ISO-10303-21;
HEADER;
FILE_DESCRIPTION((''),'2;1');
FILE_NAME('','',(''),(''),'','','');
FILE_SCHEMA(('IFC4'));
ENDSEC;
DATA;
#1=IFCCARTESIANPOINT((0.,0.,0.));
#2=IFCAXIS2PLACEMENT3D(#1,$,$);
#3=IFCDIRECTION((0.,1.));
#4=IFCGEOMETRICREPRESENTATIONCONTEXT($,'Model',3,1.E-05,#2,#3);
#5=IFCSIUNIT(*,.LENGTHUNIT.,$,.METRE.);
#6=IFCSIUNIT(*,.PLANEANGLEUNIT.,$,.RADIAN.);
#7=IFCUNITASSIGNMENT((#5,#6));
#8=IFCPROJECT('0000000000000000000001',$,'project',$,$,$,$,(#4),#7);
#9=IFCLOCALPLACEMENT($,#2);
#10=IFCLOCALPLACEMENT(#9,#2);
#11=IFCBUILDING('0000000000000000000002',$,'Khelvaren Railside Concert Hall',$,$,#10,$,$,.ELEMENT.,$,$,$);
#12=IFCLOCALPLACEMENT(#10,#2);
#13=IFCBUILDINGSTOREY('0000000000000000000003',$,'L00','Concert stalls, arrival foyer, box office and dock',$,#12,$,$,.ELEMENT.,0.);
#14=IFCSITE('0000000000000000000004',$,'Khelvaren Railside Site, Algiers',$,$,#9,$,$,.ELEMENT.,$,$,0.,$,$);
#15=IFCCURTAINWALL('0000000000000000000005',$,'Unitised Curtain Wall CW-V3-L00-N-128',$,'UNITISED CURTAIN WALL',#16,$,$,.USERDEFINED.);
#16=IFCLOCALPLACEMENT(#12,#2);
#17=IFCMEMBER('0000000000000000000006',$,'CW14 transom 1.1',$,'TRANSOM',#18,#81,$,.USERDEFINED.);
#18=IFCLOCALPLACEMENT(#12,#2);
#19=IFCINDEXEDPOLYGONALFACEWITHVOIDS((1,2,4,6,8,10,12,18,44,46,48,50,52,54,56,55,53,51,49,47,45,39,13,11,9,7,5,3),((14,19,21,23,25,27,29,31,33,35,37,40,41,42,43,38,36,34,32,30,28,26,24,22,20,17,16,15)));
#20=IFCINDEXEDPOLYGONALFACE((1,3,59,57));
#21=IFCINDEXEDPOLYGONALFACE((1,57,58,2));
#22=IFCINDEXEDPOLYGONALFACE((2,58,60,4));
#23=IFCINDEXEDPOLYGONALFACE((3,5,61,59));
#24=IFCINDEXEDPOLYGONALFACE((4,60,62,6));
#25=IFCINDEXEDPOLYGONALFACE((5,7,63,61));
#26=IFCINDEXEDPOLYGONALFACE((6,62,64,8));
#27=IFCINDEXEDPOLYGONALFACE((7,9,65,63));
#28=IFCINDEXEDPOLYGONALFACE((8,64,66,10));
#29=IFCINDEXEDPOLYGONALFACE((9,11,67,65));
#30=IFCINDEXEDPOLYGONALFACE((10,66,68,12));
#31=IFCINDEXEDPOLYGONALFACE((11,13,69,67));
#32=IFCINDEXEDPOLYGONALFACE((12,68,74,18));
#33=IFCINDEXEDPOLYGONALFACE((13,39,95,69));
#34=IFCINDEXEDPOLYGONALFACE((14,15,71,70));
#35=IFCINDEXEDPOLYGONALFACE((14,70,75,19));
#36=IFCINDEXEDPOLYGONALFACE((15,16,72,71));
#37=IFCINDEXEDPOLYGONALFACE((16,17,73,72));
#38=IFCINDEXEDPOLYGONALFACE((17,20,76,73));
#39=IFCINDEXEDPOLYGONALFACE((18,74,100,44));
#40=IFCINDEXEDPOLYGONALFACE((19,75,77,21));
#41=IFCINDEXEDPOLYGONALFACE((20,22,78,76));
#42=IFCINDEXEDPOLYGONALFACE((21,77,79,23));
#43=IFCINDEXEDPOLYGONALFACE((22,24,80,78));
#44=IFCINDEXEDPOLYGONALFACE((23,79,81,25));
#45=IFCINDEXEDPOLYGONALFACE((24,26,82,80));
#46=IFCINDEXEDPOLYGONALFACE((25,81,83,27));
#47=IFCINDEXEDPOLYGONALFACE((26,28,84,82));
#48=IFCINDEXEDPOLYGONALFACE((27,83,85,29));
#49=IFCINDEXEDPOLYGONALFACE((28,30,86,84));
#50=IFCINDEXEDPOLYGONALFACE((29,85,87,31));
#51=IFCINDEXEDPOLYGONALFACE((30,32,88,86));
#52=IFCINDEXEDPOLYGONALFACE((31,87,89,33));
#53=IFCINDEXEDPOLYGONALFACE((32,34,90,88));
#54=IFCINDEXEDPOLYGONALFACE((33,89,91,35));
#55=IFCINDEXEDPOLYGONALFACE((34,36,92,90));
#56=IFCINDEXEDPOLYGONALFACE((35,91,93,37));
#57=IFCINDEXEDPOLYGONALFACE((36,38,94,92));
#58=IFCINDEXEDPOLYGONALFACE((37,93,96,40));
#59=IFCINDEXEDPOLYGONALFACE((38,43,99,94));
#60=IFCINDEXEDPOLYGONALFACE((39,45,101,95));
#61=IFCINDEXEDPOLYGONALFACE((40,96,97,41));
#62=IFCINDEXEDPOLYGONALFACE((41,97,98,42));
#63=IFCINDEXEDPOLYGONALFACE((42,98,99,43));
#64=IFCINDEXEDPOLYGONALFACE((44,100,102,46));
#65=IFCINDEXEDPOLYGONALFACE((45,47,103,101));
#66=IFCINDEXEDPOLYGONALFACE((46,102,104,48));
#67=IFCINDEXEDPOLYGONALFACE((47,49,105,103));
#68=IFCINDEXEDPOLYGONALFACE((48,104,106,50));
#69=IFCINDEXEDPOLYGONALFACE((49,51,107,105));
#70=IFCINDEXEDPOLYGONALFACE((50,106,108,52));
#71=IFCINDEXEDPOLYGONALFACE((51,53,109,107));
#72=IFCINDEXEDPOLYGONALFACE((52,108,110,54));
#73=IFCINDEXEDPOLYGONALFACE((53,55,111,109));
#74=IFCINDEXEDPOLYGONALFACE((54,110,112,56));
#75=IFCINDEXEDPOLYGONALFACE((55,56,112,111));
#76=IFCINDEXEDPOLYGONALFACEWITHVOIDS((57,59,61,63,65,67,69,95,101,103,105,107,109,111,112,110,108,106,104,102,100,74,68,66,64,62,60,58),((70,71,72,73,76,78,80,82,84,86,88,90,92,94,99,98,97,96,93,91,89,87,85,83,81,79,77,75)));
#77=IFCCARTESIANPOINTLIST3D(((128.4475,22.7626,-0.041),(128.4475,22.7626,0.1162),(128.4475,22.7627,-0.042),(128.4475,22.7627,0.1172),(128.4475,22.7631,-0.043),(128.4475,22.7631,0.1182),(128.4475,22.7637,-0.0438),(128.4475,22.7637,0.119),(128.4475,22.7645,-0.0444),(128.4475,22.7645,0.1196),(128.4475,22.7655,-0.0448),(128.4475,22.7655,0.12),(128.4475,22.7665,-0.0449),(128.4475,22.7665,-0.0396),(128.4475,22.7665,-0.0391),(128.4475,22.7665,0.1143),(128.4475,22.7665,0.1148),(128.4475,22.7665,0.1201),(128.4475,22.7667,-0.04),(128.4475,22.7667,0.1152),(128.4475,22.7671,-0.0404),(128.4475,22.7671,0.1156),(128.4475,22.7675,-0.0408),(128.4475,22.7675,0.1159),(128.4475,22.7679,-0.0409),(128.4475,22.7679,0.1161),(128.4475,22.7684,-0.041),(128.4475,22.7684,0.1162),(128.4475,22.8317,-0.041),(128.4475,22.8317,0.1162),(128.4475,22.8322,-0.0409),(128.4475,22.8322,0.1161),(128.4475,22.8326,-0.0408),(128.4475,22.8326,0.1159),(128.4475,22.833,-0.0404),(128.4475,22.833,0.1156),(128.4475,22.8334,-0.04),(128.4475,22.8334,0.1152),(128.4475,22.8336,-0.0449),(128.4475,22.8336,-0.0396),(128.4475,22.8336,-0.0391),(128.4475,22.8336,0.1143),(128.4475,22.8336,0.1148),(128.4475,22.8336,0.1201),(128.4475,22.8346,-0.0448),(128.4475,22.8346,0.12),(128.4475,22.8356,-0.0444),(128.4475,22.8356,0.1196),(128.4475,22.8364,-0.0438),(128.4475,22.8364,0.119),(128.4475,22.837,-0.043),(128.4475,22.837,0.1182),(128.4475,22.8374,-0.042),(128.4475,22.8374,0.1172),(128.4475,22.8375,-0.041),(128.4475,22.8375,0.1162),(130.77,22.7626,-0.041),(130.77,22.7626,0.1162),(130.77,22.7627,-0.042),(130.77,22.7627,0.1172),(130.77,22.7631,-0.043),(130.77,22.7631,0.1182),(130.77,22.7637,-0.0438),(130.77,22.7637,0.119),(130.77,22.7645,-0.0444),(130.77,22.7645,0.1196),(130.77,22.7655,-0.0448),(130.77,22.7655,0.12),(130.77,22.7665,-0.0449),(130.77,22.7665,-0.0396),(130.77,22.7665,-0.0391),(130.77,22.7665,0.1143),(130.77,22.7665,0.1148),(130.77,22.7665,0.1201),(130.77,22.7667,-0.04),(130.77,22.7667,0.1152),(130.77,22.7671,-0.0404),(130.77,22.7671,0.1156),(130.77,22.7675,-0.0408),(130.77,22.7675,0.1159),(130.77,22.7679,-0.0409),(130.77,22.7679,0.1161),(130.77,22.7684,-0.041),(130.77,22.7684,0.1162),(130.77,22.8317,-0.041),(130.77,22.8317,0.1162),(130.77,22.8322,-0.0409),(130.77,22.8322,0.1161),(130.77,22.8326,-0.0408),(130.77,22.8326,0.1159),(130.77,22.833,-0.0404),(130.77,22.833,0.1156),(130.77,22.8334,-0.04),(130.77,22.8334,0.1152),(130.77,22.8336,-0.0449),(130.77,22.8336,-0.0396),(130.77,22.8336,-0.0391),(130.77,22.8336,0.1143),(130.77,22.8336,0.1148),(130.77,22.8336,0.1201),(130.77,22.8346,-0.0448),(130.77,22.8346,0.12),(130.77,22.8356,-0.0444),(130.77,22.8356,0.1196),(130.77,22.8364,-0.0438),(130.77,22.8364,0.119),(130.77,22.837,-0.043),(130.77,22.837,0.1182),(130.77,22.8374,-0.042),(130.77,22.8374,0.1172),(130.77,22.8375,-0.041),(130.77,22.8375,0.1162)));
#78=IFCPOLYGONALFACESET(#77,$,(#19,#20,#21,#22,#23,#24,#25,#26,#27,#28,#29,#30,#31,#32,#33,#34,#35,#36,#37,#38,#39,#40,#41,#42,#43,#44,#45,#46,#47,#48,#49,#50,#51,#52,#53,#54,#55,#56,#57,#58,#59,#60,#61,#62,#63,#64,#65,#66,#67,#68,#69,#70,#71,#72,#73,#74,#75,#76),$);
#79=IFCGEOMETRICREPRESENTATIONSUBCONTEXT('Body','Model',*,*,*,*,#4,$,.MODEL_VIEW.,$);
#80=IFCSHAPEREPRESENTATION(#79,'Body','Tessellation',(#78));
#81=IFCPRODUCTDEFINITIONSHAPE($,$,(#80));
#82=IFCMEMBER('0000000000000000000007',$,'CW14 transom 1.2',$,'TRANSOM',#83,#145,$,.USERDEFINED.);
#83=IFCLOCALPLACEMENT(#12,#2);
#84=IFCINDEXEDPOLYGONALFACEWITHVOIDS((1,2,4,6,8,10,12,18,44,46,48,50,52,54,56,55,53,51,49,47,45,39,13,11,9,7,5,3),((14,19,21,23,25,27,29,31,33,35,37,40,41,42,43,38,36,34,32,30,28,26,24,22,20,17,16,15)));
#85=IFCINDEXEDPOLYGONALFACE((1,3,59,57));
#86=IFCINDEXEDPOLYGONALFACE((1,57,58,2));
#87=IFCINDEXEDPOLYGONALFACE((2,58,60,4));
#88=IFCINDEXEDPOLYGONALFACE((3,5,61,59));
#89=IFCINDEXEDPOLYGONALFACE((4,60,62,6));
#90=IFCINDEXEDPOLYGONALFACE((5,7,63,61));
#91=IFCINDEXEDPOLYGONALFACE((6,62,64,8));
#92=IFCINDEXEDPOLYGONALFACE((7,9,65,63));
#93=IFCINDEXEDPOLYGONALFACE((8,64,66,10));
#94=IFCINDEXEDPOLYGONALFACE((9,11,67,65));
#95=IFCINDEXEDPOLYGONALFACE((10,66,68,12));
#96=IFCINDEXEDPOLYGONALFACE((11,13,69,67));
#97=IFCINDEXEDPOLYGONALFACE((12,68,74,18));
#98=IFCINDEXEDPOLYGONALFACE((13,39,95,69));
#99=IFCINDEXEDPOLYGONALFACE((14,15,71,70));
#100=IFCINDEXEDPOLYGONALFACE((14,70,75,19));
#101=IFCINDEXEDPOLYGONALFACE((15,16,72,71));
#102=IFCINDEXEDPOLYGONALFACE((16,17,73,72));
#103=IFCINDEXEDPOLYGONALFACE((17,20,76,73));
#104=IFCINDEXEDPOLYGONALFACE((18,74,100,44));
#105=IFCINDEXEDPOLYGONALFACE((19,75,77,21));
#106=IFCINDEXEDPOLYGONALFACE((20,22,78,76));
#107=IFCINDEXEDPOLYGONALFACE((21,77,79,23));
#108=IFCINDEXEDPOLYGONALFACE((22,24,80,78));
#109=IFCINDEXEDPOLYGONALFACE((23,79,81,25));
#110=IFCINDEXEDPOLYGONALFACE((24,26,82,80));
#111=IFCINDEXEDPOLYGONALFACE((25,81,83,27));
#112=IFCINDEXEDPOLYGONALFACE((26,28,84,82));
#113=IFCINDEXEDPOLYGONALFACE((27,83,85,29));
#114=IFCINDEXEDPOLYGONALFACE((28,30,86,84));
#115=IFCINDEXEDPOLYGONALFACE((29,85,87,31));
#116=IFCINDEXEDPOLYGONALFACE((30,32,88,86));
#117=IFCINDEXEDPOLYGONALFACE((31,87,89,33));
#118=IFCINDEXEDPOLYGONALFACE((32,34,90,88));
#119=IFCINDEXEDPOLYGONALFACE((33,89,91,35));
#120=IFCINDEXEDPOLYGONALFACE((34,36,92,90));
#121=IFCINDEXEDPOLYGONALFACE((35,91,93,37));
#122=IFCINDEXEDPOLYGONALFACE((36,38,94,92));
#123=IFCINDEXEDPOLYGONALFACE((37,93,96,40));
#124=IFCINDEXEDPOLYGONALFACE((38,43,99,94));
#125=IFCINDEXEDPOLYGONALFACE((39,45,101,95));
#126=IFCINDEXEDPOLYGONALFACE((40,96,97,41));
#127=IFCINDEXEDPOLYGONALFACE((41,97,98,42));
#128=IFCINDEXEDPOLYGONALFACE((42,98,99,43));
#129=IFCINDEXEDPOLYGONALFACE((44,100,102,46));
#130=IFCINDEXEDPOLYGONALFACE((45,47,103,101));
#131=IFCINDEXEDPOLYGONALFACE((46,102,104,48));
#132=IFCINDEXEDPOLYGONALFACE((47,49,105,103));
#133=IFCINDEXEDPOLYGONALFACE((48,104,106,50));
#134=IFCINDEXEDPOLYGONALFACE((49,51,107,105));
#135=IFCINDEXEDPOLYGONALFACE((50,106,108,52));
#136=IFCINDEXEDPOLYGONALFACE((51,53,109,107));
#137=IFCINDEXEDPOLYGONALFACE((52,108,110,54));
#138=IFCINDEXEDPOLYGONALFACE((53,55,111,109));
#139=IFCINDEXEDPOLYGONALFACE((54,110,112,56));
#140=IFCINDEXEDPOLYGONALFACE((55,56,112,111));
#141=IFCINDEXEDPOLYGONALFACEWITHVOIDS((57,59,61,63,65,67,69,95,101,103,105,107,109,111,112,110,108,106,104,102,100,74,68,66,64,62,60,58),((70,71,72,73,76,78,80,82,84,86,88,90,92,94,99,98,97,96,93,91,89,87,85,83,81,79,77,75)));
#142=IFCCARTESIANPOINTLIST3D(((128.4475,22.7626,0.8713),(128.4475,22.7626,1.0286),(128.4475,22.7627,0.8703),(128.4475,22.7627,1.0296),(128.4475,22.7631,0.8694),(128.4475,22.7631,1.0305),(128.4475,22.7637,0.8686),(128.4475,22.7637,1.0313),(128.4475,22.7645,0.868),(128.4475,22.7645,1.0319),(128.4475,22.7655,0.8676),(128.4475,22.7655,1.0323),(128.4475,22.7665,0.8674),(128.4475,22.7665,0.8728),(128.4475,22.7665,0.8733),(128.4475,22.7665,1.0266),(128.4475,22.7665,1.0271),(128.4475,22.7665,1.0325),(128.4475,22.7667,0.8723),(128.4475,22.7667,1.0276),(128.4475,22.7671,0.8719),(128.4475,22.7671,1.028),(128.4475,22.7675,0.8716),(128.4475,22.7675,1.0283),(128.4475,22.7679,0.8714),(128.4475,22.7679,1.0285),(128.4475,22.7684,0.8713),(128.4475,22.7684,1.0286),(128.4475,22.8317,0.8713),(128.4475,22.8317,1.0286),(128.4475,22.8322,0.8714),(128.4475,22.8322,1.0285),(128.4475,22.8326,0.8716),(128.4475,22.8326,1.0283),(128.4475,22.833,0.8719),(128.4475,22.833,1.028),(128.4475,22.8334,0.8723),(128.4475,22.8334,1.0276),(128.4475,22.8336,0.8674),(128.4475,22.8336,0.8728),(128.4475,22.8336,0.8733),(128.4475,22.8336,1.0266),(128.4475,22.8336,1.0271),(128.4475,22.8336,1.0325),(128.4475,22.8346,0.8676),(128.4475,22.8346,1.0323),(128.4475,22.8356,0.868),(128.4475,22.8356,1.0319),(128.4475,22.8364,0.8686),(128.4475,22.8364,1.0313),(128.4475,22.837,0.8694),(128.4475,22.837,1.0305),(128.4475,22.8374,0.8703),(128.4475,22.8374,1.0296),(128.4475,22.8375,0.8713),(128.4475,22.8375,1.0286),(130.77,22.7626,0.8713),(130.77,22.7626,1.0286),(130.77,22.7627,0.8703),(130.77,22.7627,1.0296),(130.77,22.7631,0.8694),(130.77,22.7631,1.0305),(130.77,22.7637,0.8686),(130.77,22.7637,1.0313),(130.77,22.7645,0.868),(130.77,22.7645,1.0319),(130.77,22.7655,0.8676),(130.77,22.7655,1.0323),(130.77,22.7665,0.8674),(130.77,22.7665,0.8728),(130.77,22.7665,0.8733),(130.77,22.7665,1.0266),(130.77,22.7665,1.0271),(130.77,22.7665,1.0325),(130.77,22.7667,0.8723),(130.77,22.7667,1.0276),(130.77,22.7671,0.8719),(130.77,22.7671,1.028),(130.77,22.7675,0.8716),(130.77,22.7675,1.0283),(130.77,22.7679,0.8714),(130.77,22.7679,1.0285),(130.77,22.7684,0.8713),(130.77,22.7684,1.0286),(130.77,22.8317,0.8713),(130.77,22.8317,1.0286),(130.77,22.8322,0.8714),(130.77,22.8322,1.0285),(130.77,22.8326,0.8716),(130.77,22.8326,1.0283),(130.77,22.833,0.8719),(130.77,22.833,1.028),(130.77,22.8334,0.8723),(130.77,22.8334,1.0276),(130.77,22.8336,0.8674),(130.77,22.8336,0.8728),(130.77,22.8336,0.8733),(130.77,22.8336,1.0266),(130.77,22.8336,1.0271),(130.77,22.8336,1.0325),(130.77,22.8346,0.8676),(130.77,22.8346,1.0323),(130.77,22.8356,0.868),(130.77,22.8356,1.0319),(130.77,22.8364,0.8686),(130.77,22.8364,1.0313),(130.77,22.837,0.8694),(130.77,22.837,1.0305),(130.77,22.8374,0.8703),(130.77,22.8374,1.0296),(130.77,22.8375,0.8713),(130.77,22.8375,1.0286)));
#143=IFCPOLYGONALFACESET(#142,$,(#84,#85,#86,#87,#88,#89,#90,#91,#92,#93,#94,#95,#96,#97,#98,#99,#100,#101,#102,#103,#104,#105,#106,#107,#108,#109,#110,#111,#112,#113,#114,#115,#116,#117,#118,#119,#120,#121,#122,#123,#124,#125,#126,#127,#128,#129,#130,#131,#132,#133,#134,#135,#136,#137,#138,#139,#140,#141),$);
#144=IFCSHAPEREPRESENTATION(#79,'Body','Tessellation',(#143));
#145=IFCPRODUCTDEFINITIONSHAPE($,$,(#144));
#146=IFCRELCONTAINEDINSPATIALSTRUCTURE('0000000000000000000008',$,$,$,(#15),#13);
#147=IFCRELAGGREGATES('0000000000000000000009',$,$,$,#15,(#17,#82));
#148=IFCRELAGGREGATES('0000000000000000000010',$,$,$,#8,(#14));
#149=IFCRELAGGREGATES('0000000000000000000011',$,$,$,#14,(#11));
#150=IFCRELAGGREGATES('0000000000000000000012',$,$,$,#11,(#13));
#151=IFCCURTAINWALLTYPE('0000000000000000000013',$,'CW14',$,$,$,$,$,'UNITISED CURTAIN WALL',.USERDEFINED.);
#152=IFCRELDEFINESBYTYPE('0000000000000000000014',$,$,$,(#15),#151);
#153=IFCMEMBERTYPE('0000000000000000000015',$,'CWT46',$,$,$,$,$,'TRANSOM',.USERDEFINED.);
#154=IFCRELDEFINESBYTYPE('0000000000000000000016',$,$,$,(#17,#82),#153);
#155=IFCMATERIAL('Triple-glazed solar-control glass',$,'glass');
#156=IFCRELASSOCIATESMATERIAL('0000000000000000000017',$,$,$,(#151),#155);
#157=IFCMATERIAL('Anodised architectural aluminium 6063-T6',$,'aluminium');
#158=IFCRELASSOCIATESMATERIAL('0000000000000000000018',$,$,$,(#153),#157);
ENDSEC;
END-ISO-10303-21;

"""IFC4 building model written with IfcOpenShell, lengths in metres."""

from ifc_helpers import new_model, si_unit, direction, frame, origin, origin_2d, place, context, subcontext, project, spatial, hollow_rectangle, extrude, material, material_profile, profile_set, type_object, element, aggregate, save


model = new_model("IFC4")

# Units and contexts
model_context = context("Model", 3, precision=1e-05, world=origin(), true_north=direction((0.0, 1.0)))
body_context = subcontext(model_context, "Body", "Model", "MODEL_VIEW")
ifc_project = project(units=[si_unit("LENGTHUNIT", "METRE"), si_unit("PLANEANGLEUNIT", "RADIAN")], contexts=[model_context])

# Site, building, storey
site_placement = place(None, origin())
site = spatial("IfcSite", under=ifc_project, at=site_placement, Name="Khelvaren Railside Site, Algiers", CompositionType="ELEMENT", RefElevation=0.0)
building_placement = place(site_placement, origin())
building = spatial("IfcBuilding", under=site, at=building_placement, Name="Khelvaren Railside Concert Hall", CompositionType="ELEMENT")
storey_placement = place(building_placement, origin())
storey = spatial("IfcBuildingStorey", under=building, at=storey_placement, Name="L00", Description="Concert stalls, arrival foyer, box office and dock", CompositionType="ELEMENT", Elevation=0.0)

# Shared definitions
ifc_material_1 = material(Name="Triple-glazed solar-control glass", Category="glass")
ifc_material_2 = material(Name="Anodised architectural aluminium 6063-T6", Category="aluminium")

# Curtain wall, members
curtain_wall_type_1 = type_object("IfcCurtainWallType", Name="CW14", ElementType="UNITISED CURTAIN WALL", PredefinedType="USERDEFINED", material=ifc_material_1)
curtain_wall_1_placement = place(storey_placement, origin())
curtain_wall_1 = element("IfcCurtainWall", 1, at=curtain_wall_1_placement, inside=storey, type_object=curtain_wall_type_1, Name="Unitised Curtain Wall CW-V3-L00-N-128", ObjectType="UNITISED CURTAIN WALL", PredefinedType="USERDEFINED")
ifc_material_profile_1 = material_profile(ifc_material_2, hollow_rectangle(XDim=0.075, YDim=0.165, WallThickness=0.0039, InnerFilletRadius=0.002, OuterFilletRadius=0.0039, at=origin_2d()), Name="CWT 75x165x4")
ifc_profile_set_1 = profile_set([ifc_material_profile_1], Name="Anodised architectural aluminium 6063-T6")
member_type_1 = type_object("IfcMemberType", Name="CWT46", ElementType="TRANSOM", PredefinedType="USERDEFINED", material=ifc_profile_set_1)
member_1_placement = place(storey_placement, frame((128.4475, 22.8, 0.0376), z_axis=(1.0, 0.0, 0.0), x_axis=(0.0, 1.0, 0.0)))
member_1 = element("IfcMember", 2, at=member_1_placement, type_object=member_type_1, Name="CW14 transom 1.1", ObjectType="TRANSOM", PredefinedType="USERDEFINED", context=body_context, shape_type="SweptSolid", body=[
    extrude(hollow_rectangle(XDim=0.075, YDim=0.165, WallThickness=0.0039, InnerFilletRadius=0.002, OuterFilletRadius=0.0039, at=origin_2d()), origin(), (0.0, 0.0, 1.0), 2.3225),
])
member_2_placement = place(storey_placement, frame((128.4475, 22.8, 0.95), z_axis=(1.0, 0.0, 0.0), x_axis=(0.0, 1.0, 0.0)))
member_2 = element("IfcMember", 3, at=member_2_placement, type_object=member_type_1, Name="CW14 transom 1.2", ObjectType="TRANSOM", PredefinedType="USERDEFINED", context=body_context, shape_type="SweptSolid", body=[
    extrude(hollow_rectangle(XDim=0.075, YDim=0.165, WallThickness=0.0039, InnerFilletRadius=0.002, OuterFilletRadius=0.0039, at=origin_2d()), origin(), (0.0, 0.0, 1.0), 2.3225),
])

aggregate(curtain_wall_1, [member_1, member_2])

save(model, "model.ifc")
